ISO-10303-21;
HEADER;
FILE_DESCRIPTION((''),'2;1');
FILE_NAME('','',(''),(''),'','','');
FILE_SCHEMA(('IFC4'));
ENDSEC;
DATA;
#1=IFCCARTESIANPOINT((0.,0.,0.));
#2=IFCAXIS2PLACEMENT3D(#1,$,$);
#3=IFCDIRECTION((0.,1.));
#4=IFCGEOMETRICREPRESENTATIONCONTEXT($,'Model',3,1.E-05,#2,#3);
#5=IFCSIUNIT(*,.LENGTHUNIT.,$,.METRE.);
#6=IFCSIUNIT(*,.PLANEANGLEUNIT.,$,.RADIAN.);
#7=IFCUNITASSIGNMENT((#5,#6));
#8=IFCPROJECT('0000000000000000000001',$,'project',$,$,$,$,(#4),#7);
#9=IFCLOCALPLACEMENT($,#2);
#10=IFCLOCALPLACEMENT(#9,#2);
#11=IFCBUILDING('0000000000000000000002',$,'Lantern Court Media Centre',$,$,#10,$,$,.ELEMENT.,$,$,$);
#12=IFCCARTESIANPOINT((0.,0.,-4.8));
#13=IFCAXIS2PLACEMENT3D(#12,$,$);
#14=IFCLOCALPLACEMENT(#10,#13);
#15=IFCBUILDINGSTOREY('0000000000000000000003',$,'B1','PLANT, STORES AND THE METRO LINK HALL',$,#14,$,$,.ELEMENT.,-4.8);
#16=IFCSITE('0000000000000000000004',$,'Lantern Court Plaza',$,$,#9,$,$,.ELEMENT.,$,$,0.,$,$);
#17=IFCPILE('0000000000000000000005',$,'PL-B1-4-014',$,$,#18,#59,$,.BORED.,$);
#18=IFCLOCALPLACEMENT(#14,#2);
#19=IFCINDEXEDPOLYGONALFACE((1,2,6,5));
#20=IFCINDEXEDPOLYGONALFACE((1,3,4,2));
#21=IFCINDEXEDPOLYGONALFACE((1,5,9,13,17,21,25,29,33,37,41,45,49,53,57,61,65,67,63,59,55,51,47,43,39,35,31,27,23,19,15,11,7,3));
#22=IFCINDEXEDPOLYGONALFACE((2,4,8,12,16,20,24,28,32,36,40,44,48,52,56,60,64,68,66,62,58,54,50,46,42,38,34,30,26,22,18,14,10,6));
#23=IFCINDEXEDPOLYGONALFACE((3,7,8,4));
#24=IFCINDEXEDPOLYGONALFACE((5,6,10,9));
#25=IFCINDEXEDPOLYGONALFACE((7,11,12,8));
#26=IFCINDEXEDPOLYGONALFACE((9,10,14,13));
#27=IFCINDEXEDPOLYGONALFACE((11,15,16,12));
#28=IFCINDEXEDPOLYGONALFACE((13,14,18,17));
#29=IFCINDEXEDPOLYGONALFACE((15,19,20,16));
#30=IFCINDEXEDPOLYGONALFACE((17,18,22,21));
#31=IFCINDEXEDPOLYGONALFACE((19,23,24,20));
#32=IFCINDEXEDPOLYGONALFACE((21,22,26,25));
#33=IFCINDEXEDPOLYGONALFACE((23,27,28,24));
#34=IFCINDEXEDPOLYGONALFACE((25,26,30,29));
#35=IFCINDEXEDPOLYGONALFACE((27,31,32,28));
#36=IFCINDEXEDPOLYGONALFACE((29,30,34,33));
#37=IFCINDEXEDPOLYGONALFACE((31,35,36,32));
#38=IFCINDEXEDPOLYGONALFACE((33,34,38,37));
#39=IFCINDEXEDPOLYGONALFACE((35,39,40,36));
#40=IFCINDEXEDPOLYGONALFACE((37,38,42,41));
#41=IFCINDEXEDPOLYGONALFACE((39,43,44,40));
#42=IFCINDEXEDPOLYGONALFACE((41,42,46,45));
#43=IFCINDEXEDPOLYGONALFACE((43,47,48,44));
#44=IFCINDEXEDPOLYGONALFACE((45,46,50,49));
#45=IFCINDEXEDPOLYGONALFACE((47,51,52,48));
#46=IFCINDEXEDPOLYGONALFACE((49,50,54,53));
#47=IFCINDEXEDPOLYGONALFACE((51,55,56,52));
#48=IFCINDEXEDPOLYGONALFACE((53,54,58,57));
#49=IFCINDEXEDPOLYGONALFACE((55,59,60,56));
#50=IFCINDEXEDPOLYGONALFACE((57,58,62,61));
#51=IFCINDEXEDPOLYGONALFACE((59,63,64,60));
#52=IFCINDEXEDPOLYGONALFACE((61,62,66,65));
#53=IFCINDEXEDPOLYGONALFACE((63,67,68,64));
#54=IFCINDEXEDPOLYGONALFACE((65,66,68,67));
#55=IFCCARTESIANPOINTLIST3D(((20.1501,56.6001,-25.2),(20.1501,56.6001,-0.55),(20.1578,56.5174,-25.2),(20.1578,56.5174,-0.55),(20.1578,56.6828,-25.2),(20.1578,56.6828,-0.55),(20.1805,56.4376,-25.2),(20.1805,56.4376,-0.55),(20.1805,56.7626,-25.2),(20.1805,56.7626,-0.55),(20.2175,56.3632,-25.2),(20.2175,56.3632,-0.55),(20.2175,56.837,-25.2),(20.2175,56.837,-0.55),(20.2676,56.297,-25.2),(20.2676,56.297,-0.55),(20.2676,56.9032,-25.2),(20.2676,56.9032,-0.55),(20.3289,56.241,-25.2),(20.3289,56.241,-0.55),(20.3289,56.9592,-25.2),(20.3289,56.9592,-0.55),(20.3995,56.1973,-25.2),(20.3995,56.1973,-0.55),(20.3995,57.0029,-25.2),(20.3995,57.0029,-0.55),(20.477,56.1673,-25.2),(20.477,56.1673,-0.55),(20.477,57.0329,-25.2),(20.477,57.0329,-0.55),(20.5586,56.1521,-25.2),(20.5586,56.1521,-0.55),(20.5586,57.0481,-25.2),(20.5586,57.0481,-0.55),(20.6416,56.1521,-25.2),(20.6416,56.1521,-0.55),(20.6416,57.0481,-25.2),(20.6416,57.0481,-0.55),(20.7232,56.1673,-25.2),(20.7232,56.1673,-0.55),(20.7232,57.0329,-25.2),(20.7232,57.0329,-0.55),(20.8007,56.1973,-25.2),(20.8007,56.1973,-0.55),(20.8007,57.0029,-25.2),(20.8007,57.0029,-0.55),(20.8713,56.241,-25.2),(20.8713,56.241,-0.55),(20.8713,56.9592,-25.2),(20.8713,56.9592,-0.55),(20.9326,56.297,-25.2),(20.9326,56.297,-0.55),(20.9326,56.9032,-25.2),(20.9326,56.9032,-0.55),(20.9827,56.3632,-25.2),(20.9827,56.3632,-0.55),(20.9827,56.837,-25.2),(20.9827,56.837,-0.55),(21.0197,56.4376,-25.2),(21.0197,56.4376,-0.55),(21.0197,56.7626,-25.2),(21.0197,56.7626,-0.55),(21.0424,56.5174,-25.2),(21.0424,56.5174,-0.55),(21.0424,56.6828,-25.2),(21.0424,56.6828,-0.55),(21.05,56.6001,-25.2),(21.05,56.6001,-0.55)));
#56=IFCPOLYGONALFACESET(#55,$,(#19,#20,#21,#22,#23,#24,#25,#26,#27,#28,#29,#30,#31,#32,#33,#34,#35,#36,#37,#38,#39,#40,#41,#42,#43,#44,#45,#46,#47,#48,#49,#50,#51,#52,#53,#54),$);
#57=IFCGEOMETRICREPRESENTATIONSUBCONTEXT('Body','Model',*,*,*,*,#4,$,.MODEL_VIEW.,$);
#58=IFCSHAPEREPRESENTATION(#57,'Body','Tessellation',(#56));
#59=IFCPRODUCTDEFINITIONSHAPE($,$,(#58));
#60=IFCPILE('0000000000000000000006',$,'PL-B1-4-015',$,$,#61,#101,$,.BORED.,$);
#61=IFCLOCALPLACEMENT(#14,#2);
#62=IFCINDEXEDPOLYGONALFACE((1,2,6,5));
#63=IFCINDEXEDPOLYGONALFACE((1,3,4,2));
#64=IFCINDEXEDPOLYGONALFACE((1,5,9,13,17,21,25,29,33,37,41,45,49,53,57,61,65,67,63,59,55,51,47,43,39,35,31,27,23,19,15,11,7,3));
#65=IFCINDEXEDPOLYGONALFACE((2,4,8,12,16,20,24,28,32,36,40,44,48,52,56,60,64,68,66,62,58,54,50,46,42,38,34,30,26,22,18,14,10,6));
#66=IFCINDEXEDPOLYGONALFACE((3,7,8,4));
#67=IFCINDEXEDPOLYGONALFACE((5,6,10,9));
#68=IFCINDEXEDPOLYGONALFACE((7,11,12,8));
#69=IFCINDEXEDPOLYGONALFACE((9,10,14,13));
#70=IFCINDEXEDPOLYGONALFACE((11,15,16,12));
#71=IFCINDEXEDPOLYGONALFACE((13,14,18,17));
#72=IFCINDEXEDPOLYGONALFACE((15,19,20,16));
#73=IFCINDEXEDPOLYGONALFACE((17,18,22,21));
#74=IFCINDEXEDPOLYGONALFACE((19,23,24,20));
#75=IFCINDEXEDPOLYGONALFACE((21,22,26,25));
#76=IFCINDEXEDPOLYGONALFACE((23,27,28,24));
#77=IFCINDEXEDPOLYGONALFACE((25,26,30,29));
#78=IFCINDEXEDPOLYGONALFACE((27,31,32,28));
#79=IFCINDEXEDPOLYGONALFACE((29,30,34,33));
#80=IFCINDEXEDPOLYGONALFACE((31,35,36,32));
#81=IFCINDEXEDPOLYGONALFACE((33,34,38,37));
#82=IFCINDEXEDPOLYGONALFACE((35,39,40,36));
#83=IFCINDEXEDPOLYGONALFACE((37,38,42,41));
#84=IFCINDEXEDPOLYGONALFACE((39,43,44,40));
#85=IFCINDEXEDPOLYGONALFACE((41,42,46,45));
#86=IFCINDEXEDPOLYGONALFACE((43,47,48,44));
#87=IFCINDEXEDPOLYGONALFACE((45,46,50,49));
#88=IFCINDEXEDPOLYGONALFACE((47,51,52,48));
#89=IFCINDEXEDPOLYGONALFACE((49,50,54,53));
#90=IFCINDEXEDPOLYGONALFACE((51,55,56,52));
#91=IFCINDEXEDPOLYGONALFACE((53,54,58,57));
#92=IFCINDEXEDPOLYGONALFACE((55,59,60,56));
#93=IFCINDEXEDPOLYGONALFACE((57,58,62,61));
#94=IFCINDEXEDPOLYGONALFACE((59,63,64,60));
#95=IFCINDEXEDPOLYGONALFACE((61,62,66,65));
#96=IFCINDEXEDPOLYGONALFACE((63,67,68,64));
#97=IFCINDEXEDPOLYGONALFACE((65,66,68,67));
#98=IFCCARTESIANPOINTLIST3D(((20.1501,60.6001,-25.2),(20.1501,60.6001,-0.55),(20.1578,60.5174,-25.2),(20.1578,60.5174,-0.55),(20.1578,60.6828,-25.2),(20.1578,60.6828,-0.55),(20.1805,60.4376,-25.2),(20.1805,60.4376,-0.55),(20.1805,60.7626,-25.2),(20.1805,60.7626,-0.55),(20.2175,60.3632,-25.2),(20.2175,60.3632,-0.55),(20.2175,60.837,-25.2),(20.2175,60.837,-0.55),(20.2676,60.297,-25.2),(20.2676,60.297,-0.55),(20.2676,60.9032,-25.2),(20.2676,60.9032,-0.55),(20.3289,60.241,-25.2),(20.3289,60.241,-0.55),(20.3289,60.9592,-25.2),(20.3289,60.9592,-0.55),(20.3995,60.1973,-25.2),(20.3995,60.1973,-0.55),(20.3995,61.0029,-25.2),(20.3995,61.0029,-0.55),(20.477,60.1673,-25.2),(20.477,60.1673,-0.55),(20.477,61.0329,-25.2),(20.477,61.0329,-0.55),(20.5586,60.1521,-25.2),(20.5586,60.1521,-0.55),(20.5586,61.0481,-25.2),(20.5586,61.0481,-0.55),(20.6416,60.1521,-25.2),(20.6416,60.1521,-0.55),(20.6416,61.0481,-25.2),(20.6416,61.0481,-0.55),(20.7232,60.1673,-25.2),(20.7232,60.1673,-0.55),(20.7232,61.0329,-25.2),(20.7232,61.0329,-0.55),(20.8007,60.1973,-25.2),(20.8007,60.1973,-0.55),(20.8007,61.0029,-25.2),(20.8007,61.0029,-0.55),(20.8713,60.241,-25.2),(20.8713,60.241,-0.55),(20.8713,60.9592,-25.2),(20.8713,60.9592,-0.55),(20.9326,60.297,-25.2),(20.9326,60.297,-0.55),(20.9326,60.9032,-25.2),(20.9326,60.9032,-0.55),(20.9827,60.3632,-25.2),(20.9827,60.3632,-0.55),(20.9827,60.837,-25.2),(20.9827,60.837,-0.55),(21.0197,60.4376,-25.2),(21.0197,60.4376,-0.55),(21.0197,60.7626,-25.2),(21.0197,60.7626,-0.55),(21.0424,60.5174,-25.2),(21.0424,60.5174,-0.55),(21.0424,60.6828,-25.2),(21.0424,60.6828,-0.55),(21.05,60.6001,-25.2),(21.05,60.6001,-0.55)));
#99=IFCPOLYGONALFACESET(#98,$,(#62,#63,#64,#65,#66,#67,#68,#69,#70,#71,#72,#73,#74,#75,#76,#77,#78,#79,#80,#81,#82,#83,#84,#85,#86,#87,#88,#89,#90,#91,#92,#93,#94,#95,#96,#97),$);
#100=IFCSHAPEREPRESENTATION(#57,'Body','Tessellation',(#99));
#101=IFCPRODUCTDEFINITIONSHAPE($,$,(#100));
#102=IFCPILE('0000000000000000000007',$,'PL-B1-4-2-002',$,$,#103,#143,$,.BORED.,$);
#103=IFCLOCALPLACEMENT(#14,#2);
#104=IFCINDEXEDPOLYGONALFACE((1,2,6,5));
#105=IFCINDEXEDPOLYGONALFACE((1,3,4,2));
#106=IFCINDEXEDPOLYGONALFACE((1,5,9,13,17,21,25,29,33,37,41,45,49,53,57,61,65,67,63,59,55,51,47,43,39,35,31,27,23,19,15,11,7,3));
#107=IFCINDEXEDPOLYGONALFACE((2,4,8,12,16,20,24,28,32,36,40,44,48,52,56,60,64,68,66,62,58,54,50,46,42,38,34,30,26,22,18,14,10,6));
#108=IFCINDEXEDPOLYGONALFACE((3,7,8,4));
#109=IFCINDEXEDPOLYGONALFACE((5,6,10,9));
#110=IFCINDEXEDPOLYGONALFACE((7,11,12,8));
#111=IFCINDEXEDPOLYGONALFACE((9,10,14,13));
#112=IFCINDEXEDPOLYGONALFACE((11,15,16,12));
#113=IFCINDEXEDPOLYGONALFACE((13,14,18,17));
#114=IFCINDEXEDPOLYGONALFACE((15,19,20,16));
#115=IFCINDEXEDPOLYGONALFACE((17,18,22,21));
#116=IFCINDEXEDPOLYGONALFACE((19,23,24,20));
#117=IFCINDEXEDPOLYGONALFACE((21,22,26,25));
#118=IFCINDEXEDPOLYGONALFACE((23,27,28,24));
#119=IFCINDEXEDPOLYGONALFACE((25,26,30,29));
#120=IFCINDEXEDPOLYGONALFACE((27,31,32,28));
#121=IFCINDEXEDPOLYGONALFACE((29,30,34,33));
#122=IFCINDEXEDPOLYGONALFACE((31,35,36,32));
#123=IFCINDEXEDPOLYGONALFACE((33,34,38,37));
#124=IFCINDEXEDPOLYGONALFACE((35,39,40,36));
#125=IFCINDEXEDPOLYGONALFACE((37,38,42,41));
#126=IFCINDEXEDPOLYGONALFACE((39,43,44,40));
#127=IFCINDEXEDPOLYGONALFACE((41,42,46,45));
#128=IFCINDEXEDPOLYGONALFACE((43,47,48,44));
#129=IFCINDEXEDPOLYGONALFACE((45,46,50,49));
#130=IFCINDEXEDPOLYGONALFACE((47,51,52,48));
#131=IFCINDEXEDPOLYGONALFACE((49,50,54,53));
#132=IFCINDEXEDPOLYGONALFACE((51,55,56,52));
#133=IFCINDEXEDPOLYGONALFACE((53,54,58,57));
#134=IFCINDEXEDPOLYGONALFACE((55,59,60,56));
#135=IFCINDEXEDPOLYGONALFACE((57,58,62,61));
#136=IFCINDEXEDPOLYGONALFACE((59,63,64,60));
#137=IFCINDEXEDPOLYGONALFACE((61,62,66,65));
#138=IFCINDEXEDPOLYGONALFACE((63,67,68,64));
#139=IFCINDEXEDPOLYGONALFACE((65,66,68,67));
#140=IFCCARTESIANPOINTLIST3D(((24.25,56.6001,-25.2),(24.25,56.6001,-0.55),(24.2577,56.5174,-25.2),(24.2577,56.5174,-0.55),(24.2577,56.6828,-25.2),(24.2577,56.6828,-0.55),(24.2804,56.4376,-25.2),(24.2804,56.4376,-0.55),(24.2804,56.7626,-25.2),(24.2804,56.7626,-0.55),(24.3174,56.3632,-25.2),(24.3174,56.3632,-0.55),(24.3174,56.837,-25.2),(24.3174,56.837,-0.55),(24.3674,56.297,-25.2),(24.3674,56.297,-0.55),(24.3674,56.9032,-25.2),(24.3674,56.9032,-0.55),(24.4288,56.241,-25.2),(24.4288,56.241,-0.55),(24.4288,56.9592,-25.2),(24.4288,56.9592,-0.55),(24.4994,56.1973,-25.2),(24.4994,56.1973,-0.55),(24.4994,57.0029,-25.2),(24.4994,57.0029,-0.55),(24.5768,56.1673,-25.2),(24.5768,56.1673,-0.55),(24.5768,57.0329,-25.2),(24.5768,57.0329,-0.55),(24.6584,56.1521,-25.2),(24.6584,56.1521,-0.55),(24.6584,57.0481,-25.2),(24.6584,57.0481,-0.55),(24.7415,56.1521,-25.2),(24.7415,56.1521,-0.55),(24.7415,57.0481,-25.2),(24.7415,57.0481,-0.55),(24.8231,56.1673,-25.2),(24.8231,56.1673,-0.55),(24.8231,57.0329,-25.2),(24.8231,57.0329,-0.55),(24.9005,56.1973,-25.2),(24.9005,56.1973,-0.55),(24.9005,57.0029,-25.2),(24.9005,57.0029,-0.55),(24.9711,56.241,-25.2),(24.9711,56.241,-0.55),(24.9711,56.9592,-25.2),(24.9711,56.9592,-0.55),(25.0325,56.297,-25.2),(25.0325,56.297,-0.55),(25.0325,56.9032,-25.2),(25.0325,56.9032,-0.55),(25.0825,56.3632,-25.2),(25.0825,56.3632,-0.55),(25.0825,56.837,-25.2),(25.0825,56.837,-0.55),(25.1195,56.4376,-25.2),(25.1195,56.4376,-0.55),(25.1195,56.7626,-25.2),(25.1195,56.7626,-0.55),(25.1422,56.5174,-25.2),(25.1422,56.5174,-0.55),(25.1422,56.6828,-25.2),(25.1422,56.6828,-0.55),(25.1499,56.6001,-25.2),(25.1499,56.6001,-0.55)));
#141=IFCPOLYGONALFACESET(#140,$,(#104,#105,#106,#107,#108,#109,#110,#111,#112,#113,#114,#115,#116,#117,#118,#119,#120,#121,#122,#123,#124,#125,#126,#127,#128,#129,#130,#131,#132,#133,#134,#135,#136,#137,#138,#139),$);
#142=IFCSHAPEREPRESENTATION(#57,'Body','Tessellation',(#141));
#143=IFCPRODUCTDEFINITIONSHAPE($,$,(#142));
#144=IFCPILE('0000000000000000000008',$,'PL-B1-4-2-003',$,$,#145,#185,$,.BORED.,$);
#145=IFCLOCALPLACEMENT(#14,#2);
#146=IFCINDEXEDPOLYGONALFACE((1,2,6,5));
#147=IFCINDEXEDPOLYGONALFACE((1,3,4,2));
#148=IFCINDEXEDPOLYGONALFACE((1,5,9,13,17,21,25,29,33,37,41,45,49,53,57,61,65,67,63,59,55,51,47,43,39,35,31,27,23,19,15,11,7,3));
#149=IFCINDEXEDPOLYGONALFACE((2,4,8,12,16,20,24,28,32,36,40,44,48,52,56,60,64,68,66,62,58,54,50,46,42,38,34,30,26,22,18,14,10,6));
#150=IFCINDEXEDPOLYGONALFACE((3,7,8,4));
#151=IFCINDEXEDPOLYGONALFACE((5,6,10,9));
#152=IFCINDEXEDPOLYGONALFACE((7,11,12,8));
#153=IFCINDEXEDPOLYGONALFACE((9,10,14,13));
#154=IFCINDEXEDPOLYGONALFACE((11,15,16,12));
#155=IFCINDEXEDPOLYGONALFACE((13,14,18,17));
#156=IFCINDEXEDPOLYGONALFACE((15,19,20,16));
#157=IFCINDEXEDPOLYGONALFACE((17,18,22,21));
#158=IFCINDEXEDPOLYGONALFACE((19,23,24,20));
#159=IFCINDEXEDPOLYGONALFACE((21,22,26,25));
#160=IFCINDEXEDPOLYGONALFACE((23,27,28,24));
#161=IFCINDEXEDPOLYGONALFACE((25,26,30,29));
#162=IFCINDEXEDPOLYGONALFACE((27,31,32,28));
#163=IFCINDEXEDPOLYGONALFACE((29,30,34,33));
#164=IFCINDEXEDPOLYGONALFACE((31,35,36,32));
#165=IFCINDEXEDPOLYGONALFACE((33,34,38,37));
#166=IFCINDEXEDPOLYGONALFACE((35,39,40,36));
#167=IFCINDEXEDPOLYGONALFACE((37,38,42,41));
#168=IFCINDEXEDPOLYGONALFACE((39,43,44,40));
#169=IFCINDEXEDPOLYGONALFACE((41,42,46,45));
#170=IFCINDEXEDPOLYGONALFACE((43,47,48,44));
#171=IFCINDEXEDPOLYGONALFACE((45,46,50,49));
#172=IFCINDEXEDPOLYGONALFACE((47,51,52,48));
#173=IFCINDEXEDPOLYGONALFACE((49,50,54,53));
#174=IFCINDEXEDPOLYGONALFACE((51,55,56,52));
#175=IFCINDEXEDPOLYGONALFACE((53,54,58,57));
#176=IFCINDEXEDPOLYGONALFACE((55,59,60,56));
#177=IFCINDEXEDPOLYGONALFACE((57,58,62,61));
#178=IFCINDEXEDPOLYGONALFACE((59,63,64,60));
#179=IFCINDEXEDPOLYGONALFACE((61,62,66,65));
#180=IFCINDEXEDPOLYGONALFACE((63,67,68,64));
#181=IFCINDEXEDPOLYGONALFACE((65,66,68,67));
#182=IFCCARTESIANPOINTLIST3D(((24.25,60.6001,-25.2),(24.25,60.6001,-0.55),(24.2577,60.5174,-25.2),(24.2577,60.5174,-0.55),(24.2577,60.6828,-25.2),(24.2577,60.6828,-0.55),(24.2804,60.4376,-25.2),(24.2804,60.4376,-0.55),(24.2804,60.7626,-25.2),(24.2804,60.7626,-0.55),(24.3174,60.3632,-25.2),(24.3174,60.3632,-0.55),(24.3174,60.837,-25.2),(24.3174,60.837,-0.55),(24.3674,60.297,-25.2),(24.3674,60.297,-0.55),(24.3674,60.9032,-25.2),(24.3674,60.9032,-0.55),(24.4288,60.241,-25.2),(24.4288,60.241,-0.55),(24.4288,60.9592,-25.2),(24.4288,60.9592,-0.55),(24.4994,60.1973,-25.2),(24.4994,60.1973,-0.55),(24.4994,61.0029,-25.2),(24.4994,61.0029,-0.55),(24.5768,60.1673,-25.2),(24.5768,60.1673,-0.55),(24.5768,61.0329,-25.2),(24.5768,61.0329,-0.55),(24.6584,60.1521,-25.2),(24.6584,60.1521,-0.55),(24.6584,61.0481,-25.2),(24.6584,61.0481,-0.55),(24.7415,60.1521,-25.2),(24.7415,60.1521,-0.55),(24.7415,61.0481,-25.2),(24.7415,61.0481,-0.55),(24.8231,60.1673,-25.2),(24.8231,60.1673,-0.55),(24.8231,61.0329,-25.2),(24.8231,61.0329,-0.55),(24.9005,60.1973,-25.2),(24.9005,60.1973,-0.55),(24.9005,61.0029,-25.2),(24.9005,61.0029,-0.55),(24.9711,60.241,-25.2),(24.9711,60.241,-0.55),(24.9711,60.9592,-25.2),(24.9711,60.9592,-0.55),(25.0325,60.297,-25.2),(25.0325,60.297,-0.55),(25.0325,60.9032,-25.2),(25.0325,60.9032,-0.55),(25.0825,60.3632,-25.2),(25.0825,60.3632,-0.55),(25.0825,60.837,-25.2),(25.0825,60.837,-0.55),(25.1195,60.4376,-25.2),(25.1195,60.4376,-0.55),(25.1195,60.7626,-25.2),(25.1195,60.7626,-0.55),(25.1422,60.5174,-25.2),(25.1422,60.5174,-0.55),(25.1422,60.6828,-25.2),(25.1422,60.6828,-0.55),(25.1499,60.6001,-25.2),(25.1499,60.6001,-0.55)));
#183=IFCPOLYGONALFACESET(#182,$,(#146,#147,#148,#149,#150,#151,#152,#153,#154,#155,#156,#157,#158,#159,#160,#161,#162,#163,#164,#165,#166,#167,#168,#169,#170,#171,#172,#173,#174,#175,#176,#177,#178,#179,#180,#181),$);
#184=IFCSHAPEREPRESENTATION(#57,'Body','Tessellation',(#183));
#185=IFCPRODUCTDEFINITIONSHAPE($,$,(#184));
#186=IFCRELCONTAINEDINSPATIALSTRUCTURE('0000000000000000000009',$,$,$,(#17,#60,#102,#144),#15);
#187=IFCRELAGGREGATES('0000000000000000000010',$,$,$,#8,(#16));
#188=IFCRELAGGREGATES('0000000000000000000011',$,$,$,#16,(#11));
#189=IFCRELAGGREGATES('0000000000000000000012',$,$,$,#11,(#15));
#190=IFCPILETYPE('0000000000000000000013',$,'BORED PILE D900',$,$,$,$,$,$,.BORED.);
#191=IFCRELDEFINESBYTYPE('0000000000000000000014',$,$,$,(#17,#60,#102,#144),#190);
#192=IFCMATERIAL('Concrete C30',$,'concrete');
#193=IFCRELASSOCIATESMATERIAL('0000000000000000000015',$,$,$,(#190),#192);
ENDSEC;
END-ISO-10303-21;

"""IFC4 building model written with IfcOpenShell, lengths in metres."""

from ifc_helpers import new_model, si_unit, direction, frame, origin, origin_2d, place, context, subcontext, project, spatial, circle, extrude, material, material_profile, profile_set, type_object, element, save


model = new_model("IFC4")

# Units and contexts
model_context = context("Model", 3, precision=1e-05, world=origin(), true_north=direction((0.0, 1.0)))
body_context = subcontext(model_context, "Body", "Model", "MODEL_VIEW")
ifc_project = project(units=[si_unit("LENGTHUNIT", "METRE"), si_unit("PLANEANGLEUNIT", "RADIAN")], contexts=[model_context])

# Site, building, storey
site_placement = place(None, origin())
site = spatial("IfcSite", under=ifc_project, at=site_placement, Name="Lantern Court Plaza", CompositionType="ELEMENT", RefElevation=0.0)
building_placement = place(site_placement, origin())
building = spatial("IfcBuilding", under=site, at=building_placement, Name="Lantern Court Media Centre", CompositionType="ELEMENT")
storey_placement = place(building_placement, frame((0.0, 0.0, -4.8)))
storey = spatial("IfcBuildingStorey", under=building, at=storey_placement, Name="B1", Description="PLANT, STORES AND THE METRO LINK HALL", CompositionType="ELEMENT", Elevation=-4.8)

# Piles
ifc_material_1 = material(Name="Concrete C30", Category="concrete")
ifc_material_profile_1 = material_profile(ifc_material_1, circle(Radius=0.45, at=origin_2d()), Name="D900")
ifc_profile_set_1 = profile_set([ifc_material_profile_1], Name="Concrete C30")
pile_type = type_object("IfcPileType", Name="BORED PILE D900", PredefinedType="BORED", material=ifc_profile_set_1)
for number, where, z_axis, x_axis, name in (
    (1, (20.6001, 56.6001, -0.55), (0.0, 0.0, -1.0), (1.0, 0.0, 0.0), "PL-B1-4-014"),
    (2, (20.6001, 60.6001, -0.55), (0.0, 0.0, -1.0), (1.0, 0.0, 0.0), "PL-B1-4-015"),
    (3, (24.7, 56.6001, -0.55), (0.0, 0.0, -1.0), (1.0, 0.0, 0.0), "PL-B1-4-2-002"),
    (4, (24.7, 60.6001, -0.55), (0.0, 0.0, -1.0), (1.0, 0.0, 0.0), "PL-B1-4-2-003"),
):
    element("IfcPile", number, at=place(storey_placement, frame(where, z_axis=z_axis, x_axis=x_axis)), inside=storey, type_object=pile_type, Name=name, PredefinedType="BORED", context=body_context, shape_type="SweptSolid", body=[
        extrude(circle(Radius=0.45, at=origin_2d()), origin(), (0.0, 0.0, 1.0), 24.6499),
    ])

save(model, "model.ifc")
